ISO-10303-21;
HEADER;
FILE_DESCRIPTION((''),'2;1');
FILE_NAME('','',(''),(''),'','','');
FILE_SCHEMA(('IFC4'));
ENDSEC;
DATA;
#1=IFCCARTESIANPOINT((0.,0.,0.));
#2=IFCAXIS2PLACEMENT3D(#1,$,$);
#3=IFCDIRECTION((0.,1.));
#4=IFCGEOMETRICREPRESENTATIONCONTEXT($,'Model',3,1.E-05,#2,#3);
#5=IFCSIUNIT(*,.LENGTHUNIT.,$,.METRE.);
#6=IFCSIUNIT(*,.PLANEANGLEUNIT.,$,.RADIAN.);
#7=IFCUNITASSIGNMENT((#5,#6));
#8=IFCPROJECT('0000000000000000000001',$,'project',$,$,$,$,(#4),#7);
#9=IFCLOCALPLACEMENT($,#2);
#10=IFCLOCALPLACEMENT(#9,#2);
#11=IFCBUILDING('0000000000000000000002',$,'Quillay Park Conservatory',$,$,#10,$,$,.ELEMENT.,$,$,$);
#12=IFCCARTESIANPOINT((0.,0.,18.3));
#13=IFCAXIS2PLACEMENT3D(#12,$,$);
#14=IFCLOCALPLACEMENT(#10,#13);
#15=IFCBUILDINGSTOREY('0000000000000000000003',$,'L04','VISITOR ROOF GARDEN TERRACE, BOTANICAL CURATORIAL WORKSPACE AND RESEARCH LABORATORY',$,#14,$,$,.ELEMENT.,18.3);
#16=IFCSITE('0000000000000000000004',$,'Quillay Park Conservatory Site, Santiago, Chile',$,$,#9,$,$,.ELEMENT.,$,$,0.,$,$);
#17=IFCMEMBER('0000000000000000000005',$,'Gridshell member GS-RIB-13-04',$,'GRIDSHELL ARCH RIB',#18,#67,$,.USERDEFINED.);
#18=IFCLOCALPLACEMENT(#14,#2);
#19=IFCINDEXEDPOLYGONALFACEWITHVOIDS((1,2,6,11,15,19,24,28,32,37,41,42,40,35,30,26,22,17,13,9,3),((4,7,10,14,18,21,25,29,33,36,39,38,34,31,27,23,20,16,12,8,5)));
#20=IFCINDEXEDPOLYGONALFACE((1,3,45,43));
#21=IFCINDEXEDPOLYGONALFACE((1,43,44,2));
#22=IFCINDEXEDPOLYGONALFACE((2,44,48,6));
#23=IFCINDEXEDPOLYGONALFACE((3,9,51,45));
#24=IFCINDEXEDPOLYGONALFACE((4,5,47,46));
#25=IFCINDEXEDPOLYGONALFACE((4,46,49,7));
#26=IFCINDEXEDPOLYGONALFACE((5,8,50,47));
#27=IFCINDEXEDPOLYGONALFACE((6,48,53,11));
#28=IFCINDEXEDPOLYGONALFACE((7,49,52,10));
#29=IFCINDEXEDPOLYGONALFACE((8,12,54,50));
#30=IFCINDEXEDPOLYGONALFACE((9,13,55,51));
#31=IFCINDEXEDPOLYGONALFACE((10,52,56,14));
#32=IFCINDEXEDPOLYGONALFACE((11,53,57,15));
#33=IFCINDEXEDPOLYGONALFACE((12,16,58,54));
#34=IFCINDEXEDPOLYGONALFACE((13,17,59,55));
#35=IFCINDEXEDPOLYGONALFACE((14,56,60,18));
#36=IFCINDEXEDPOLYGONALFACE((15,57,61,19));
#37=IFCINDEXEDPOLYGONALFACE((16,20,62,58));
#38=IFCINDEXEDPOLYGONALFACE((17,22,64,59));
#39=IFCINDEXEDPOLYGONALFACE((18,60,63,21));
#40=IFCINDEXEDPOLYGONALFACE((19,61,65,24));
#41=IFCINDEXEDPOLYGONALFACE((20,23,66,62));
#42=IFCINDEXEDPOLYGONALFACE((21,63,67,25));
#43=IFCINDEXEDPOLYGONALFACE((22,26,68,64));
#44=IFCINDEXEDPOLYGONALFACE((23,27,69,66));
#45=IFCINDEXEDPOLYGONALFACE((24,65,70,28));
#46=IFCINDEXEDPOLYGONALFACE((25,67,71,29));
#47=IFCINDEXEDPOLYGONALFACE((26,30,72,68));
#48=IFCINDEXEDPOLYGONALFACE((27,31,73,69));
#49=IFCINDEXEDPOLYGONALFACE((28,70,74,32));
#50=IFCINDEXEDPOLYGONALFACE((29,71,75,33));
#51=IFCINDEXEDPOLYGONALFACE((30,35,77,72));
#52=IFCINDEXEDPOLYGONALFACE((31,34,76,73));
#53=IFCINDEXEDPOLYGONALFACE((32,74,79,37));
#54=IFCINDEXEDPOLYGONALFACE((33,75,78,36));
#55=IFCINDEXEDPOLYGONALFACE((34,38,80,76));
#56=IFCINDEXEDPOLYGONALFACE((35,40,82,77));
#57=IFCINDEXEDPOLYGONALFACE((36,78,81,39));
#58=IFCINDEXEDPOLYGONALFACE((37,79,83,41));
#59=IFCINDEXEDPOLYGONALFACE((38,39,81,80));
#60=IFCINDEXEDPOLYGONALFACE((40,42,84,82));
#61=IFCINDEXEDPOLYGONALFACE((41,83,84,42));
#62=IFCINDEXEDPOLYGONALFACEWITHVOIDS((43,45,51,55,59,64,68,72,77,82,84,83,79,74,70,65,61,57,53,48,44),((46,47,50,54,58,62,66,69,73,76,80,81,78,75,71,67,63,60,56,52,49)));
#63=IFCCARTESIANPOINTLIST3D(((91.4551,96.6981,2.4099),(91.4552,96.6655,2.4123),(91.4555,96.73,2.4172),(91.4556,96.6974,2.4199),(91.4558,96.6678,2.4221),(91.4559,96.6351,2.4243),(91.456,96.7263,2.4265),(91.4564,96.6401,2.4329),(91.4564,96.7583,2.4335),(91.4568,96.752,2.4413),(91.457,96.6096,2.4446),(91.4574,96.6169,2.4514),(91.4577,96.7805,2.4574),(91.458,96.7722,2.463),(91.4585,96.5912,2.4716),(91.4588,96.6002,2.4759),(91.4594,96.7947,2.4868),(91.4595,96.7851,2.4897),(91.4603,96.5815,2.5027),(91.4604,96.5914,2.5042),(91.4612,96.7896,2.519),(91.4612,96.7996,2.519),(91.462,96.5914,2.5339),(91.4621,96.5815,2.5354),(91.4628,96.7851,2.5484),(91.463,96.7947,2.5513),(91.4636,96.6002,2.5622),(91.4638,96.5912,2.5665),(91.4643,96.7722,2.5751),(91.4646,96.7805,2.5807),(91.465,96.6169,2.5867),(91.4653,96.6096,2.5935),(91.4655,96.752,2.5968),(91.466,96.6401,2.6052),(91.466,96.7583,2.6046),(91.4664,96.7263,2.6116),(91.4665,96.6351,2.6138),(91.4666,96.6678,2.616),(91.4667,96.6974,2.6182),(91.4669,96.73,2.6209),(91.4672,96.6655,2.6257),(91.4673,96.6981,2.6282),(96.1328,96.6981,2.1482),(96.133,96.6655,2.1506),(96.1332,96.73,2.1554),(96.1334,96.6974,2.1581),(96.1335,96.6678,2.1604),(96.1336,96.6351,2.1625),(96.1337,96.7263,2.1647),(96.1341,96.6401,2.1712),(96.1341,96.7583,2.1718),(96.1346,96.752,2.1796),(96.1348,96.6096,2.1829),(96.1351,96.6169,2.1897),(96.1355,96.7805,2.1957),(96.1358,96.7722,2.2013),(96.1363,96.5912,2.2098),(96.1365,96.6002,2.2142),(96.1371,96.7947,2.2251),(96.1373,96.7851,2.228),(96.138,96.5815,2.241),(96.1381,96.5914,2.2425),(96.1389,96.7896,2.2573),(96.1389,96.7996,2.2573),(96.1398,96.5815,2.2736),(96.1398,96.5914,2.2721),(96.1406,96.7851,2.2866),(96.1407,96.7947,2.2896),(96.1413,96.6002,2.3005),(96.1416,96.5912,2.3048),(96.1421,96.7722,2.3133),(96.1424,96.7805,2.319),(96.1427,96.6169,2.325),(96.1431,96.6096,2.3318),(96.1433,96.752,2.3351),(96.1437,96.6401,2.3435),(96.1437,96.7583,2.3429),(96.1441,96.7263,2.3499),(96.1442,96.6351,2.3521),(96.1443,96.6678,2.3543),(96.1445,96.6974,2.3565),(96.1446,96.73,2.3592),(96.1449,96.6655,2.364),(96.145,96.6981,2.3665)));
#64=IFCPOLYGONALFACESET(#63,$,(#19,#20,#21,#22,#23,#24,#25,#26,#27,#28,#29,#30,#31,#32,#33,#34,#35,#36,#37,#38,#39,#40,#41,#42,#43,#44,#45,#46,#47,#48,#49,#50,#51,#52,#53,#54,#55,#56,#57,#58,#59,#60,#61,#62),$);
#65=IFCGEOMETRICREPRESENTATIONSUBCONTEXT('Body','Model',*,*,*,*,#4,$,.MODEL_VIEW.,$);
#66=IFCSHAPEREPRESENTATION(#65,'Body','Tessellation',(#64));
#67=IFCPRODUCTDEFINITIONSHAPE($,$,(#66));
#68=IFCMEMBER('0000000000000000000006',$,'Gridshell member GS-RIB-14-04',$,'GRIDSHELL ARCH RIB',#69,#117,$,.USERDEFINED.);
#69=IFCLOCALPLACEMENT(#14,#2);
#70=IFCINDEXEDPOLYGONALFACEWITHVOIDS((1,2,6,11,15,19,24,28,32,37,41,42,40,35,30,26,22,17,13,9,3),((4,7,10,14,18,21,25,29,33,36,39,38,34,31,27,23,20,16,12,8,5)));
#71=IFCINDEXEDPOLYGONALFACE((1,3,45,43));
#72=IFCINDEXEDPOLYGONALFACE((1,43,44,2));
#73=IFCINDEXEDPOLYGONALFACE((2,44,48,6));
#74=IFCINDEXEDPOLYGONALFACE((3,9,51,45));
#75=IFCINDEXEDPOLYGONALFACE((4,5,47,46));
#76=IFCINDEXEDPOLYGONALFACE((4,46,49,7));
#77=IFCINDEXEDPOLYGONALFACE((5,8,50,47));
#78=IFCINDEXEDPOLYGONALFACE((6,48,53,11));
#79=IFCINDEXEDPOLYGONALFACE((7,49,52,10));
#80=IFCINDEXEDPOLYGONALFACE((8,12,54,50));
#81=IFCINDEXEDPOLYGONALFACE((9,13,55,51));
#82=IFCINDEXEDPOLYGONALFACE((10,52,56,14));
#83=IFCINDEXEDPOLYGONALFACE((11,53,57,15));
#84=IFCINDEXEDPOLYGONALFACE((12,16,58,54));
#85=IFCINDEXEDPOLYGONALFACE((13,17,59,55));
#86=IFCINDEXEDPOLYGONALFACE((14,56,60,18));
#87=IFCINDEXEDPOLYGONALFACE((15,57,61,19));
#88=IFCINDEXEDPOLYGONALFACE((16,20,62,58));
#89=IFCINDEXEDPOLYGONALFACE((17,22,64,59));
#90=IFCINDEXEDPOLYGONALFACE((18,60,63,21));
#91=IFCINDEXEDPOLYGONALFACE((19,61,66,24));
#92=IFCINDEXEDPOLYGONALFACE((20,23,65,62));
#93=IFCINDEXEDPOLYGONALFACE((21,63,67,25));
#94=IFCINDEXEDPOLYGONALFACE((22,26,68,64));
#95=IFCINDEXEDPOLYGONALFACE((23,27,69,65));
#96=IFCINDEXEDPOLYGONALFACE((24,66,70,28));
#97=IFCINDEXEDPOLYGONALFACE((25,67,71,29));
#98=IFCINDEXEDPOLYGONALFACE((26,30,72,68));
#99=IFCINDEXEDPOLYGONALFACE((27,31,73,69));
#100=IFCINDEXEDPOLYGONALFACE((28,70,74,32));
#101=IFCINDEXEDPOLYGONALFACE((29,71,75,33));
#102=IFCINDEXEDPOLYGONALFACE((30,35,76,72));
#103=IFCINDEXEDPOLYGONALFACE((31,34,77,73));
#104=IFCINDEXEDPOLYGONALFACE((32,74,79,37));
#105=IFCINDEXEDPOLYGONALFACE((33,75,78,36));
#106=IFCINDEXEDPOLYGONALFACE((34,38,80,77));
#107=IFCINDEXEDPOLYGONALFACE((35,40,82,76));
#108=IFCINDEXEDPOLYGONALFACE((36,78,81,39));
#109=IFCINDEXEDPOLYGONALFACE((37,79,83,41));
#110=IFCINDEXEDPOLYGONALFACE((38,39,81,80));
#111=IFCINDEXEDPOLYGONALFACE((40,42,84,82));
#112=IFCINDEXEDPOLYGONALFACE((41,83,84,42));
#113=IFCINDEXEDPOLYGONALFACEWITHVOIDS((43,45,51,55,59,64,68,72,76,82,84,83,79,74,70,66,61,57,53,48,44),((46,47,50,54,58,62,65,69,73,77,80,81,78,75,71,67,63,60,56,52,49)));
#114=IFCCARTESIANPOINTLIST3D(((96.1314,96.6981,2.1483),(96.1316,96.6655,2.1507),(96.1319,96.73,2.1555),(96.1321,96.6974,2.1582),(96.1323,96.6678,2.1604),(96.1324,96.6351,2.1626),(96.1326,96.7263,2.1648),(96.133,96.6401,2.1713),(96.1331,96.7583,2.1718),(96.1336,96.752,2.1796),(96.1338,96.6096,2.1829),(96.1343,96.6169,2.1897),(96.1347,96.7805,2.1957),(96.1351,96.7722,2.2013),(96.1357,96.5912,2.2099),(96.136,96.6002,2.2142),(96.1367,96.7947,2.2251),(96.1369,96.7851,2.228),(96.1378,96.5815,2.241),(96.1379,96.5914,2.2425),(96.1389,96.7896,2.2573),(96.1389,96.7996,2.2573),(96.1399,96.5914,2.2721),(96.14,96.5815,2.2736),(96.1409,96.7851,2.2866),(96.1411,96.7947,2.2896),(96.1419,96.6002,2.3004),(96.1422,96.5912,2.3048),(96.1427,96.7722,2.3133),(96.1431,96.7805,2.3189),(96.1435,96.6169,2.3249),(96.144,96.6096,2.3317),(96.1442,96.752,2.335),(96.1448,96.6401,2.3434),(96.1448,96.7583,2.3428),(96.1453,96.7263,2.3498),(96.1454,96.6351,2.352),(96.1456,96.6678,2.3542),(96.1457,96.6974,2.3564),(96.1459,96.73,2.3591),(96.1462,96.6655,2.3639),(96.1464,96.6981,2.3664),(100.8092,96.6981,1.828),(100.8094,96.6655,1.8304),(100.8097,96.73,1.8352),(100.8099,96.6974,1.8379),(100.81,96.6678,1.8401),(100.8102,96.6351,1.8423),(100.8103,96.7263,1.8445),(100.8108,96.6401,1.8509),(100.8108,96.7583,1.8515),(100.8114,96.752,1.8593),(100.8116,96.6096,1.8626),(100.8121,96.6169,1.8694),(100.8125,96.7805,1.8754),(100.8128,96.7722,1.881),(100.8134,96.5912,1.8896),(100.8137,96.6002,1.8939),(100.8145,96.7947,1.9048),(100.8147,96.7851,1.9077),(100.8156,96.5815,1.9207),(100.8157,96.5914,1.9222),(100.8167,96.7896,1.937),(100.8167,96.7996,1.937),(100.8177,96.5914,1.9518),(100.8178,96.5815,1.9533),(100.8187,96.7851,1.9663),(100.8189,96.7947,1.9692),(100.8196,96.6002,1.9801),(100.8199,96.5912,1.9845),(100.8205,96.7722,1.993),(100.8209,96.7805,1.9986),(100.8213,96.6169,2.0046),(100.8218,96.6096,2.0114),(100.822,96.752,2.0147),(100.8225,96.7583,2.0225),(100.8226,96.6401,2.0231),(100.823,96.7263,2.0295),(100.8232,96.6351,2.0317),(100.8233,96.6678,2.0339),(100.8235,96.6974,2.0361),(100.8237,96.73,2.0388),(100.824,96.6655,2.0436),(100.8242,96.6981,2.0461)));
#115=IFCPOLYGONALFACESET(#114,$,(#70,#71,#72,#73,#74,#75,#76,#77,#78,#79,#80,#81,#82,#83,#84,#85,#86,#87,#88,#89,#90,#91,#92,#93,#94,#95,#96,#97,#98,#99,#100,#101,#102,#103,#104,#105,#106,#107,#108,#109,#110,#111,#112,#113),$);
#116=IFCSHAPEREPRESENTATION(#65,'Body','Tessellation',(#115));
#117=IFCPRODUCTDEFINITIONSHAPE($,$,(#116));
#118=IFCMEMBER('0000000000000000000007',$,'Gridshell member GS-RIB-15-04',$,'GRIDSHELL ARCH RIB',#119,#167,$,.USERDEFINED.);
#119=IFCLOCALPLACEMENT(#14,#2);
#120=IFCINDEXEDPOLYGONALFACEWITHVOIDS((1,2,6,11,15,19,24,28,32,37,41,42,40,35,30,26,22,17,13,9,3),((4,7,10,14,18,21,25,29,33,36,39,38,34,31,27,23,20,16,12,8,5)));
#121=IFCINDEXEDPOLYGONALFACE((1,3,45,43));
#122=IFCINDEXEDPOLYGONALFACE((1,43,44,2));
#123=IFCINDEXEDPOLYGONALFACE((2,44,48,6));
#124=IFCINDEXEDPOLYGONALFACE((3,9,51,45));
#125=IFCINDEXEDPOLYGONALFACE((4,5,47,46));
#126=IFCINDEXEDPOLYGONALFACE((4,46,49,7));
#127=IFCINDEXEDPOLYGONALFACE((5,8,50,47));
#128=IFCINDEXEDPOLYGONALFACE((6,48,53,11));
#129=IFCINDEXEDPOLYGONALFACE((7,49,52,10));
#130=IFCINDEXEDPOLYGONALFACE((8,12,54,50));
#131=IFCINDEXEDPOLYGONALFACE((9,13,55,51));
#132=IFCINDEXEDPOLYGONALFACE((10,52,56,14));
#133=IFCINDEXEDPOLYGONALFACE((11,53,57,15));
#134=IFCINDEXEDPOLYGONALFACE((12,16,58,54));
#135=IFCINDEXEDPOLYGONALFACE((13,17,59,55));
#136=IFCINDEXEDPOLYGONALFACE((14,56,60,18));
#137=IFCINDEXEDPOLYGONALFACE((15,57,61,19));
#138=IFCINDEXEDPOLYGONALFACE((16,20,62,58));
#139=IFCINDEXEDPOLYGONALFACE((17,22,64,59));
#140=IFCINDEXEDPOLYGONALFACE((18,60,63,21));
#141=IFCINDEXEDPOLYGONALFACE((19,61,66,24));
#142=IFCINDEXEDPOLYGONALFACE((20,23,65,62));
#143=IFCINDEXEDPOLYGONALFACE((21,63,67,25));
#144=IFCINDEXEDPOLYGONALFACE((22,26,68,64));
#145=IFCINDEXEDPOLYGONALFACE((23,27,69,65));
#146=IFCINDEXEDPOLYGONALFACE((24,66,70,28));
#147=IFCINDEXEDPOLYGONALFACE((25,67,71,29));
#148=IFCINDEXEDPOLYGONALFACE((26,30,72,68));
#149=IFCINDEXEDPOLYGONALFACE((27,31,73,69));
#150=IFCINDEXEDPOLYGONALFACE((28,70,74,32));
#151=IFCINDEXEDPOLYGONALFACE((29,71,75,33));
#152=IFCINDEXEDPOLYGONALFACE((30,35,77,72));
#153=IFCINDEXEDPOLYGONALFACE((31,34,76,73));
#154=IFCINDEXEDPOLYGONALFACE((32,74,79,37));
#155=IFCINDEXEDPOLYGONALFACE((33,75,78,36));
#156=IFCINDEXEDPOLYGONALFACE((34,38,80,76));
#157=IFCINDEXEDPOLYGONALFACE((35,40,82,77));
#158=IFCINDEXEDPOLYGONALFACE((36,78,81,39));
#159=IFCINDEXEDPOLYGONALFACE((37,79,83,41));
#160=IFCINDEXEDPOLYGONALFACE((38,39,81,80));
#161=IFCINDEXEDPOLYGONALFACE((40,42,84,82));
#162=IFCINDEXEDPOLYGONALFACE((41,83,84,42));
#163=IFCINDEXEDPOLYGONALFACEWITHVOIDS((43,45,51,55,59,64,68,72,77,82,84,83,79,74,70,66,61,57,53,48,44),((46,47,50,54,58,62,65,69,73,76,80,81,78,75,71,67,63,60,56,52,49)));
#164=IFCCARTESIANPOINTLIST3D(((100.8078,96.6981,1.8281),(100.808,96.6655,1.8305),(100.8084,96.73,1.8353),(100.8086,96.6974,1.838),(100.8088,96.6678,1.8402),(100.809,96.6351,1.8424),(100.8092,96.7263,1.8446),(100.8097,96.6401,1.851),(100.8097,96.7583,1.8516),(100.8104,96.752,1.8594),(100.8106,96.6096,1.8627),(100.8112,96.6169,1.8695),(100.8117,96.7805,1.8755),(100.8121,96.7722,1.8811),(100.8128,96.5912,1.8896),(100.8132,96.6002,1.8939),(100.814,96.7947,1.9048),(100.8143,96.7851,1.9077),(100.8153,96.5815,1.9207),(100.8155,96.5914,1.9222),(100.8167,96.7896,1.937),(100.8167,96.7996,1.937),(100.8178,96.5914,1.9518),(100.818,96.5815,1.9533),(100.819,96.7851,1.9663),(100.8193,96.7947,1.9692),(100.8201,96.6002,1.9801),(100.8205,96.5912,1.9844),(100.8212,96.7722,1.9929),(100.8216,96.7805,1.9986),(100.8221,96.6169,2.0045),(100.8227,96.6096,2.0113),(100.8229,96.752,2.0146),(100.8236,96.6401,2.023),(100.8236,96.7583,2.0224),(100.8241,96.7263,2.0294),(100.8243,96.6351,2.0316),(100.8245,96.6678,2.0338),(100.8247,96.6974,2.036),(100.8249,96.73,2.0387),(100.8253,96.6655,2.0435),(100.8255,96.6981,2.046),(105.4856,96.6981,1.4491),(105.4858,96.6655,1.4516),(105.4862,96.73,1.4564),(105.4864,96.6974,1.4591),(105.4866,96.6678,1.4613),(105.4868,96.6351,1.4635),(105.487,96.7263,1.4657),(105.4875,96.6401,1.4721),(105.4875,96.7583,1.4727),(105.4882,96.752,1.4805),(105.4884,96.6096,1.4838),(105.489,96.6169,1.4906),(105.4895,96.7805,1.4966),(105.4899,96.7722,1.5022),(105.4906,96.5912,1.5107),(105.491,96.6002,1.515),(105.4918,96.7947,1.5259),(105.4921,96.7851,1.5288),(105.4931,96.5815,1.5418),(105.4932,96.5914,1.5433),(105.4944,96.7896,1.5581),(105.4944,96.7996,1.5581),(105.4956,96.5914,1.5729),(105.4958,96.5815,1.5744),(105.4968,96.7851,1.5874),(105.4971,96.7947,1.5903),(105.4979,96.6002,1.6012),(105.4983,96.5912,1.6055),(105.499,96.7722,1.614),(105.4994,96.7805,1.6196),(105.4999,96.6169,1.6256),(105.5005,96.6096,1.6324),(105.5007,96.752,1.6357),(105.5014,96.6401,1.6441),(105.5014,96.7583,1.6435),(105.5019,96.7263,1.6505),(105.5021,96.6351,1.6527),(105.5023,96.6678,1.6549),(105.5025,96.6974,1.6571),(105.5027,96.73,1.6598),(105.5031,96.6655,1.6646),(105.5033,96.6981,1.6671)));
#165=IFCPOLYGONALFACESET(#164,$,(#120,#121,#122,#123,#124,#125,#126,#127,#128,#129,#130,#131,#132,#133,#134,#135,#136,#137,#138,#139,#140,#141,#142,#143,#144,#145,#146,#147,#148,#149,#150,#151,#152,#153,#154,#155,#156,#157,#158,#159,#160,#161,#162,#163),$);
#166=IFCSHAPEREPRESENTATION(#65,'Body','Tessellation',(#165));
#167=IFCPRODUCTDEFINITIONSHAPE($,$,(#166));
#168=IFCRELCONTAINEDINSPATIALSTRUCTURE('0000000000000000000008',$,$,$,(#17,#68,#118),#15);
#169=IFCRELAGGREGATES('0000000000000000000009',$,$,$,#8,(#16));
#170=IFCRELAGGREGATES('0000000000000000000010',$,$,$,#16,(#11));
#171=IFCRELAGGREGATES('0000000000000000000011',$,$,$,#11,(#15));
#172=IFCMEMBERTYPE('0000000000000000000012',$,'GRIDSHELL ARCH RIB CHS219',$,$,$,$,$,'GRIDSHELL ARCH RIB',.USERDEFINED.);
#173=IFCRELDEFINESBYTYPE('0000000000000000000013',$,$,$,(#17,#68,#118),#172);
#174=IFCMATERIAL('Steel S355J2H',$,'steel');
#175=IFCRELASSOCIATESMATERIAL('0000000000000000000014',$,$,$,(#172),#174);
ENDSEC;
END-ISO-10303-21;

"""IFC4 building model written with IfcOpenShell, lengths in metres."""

from ifc_helpers import new_model, si_unit, direction, frame, origin, origin_2d, place, context, subcontext, project, spatial, hollow_circle, extrude, material, material_profile, profile_set, type_object, element, save


model = new_model("IFC4")

# Units and contexts
model_context = context("Model", 3, precision=1e-05, world=origin(), true_north=direction((0.0, 1.0)))
body_context = subcontext(model_context, "Body", "Model", "MODEL_VIEW")
ifc_project = project(units=[si_unit("LENGTHUNIT", "METRE"), si_unit("PLANEANGLEUNIT", "RADIAN")], contexts=[model_context])

# Site, building, storey
site_placement = place(None, origin())
site = spatial("IfcSite", under=ifc_project, at=site_placement, Name="Quillay Park Conservatory Site, Santiago, Chile", CompositionType="ELEMENT", RefElevation=0.0)
building_placement = place(site_placement, origin())
building = spatial("IfcBuilding", under=site, at=building_placement, Name="Quillay Park Conservatory", CompositionType="ELEMENT")
storey_placement = place(building_placement, frame((0.0, 0.0, 18.3)))
storey = spatial("IfcBuildingStorey", under=building, at=storey_placement, Name="L04", Description="VISITOR ROOF GARDEN TERRACE, BOTANICAL CURATORIAL WORKSPACE AND RESEARCH LABORATORY", CompositionType="ELEMENT", Elevation=18.3)

# Members
ifc_material_1 = material(Name="Steel S355J2H", Category="steel")
ifc_material_profile_1 = material_profile(ifc_material_1, hollow_circle(Radius=0.1096, WallThickness=0.01, at=origin_2d()), Name="CHS219.1x10")
ifc_profile_set_1 = profile_set([ifc_material_profile_1], Name="Steel S355J2H")
member_type = type_object("IfcMemberType", Name="GRIDSHELL ARCH RIB CHS219", ElementType="GRIDSHELL ARCH RIB", PredefinedType="USERDEFINED", material=ifc_profile_set_1)
member_1_placement = place(storey_placement, frame((91.4612, 96.6899, 2.519), z_axis=(0.998438, 0.0, -0.055863), x_axis=(0.0, 1.0, 0.0)))
element("IfcMember", 1, at=member_1_placement, inside=storey, type_object=member_type, Name="Gridshell member GS-RIB-13-04", ObjectType="GRIDSHELL ARCH RIB", PredefinedType="USERDEFINED", context=body_context, shape_type="SweptSolid", body=[
    extrude(hollow_circle(Radius=0.1096, WallThickness=0.01, at=origin_2d()), origin(), (0.0, 0.0, 1.0), 4.6851),
])
member_2_placement = place(storey_placement, frame((96.1389, 96.6899, 2.2573), z_axis=(0.997664, 0.0, -0.068316), x_axis=(0.0, 1.0, 0.0)))
element("IfcMember", 2, at=member_2_placement, inside=storey, type_object=member_type, Name="Gridshell member GS-RIB-14-04", ObjectType="GRIDSHELL ARCH RIB", PredefinedType="USERDEFINED", context=body_context, shape_type="SweptSolid", body=[
    extrude(hollow_circle(Radius=0.1096, WallThickness=0.01, at=origin_2d()), origin(), (0.0, 0.0, 1.0), 4.6887),
])
member_3_placement = place(storey_placement, frame((100.8167, 96.6899, 1.937), z_axis=(0.996735, 0.0, -0.080738), x_axis=(0.0, 1.0, 0.0)))
element("IfcMember", 3, at=member_3_placement, inside=storey, type_object=member_type, Name="Gridshell member GS-RIB-15-04", ObjectType="GRIDSHELL ARCH RIB", PredefinedType="USERDEFINED", context=body_context, shape_type="SweptSolid", body=[
    extrude(hollow_circle(Radius=0.1096, WallThickness=0.01, at=origin_2d()), origin(), (0.0, 0.0, 1.0), 4.6931),
])

save(model, "model.ifc")
